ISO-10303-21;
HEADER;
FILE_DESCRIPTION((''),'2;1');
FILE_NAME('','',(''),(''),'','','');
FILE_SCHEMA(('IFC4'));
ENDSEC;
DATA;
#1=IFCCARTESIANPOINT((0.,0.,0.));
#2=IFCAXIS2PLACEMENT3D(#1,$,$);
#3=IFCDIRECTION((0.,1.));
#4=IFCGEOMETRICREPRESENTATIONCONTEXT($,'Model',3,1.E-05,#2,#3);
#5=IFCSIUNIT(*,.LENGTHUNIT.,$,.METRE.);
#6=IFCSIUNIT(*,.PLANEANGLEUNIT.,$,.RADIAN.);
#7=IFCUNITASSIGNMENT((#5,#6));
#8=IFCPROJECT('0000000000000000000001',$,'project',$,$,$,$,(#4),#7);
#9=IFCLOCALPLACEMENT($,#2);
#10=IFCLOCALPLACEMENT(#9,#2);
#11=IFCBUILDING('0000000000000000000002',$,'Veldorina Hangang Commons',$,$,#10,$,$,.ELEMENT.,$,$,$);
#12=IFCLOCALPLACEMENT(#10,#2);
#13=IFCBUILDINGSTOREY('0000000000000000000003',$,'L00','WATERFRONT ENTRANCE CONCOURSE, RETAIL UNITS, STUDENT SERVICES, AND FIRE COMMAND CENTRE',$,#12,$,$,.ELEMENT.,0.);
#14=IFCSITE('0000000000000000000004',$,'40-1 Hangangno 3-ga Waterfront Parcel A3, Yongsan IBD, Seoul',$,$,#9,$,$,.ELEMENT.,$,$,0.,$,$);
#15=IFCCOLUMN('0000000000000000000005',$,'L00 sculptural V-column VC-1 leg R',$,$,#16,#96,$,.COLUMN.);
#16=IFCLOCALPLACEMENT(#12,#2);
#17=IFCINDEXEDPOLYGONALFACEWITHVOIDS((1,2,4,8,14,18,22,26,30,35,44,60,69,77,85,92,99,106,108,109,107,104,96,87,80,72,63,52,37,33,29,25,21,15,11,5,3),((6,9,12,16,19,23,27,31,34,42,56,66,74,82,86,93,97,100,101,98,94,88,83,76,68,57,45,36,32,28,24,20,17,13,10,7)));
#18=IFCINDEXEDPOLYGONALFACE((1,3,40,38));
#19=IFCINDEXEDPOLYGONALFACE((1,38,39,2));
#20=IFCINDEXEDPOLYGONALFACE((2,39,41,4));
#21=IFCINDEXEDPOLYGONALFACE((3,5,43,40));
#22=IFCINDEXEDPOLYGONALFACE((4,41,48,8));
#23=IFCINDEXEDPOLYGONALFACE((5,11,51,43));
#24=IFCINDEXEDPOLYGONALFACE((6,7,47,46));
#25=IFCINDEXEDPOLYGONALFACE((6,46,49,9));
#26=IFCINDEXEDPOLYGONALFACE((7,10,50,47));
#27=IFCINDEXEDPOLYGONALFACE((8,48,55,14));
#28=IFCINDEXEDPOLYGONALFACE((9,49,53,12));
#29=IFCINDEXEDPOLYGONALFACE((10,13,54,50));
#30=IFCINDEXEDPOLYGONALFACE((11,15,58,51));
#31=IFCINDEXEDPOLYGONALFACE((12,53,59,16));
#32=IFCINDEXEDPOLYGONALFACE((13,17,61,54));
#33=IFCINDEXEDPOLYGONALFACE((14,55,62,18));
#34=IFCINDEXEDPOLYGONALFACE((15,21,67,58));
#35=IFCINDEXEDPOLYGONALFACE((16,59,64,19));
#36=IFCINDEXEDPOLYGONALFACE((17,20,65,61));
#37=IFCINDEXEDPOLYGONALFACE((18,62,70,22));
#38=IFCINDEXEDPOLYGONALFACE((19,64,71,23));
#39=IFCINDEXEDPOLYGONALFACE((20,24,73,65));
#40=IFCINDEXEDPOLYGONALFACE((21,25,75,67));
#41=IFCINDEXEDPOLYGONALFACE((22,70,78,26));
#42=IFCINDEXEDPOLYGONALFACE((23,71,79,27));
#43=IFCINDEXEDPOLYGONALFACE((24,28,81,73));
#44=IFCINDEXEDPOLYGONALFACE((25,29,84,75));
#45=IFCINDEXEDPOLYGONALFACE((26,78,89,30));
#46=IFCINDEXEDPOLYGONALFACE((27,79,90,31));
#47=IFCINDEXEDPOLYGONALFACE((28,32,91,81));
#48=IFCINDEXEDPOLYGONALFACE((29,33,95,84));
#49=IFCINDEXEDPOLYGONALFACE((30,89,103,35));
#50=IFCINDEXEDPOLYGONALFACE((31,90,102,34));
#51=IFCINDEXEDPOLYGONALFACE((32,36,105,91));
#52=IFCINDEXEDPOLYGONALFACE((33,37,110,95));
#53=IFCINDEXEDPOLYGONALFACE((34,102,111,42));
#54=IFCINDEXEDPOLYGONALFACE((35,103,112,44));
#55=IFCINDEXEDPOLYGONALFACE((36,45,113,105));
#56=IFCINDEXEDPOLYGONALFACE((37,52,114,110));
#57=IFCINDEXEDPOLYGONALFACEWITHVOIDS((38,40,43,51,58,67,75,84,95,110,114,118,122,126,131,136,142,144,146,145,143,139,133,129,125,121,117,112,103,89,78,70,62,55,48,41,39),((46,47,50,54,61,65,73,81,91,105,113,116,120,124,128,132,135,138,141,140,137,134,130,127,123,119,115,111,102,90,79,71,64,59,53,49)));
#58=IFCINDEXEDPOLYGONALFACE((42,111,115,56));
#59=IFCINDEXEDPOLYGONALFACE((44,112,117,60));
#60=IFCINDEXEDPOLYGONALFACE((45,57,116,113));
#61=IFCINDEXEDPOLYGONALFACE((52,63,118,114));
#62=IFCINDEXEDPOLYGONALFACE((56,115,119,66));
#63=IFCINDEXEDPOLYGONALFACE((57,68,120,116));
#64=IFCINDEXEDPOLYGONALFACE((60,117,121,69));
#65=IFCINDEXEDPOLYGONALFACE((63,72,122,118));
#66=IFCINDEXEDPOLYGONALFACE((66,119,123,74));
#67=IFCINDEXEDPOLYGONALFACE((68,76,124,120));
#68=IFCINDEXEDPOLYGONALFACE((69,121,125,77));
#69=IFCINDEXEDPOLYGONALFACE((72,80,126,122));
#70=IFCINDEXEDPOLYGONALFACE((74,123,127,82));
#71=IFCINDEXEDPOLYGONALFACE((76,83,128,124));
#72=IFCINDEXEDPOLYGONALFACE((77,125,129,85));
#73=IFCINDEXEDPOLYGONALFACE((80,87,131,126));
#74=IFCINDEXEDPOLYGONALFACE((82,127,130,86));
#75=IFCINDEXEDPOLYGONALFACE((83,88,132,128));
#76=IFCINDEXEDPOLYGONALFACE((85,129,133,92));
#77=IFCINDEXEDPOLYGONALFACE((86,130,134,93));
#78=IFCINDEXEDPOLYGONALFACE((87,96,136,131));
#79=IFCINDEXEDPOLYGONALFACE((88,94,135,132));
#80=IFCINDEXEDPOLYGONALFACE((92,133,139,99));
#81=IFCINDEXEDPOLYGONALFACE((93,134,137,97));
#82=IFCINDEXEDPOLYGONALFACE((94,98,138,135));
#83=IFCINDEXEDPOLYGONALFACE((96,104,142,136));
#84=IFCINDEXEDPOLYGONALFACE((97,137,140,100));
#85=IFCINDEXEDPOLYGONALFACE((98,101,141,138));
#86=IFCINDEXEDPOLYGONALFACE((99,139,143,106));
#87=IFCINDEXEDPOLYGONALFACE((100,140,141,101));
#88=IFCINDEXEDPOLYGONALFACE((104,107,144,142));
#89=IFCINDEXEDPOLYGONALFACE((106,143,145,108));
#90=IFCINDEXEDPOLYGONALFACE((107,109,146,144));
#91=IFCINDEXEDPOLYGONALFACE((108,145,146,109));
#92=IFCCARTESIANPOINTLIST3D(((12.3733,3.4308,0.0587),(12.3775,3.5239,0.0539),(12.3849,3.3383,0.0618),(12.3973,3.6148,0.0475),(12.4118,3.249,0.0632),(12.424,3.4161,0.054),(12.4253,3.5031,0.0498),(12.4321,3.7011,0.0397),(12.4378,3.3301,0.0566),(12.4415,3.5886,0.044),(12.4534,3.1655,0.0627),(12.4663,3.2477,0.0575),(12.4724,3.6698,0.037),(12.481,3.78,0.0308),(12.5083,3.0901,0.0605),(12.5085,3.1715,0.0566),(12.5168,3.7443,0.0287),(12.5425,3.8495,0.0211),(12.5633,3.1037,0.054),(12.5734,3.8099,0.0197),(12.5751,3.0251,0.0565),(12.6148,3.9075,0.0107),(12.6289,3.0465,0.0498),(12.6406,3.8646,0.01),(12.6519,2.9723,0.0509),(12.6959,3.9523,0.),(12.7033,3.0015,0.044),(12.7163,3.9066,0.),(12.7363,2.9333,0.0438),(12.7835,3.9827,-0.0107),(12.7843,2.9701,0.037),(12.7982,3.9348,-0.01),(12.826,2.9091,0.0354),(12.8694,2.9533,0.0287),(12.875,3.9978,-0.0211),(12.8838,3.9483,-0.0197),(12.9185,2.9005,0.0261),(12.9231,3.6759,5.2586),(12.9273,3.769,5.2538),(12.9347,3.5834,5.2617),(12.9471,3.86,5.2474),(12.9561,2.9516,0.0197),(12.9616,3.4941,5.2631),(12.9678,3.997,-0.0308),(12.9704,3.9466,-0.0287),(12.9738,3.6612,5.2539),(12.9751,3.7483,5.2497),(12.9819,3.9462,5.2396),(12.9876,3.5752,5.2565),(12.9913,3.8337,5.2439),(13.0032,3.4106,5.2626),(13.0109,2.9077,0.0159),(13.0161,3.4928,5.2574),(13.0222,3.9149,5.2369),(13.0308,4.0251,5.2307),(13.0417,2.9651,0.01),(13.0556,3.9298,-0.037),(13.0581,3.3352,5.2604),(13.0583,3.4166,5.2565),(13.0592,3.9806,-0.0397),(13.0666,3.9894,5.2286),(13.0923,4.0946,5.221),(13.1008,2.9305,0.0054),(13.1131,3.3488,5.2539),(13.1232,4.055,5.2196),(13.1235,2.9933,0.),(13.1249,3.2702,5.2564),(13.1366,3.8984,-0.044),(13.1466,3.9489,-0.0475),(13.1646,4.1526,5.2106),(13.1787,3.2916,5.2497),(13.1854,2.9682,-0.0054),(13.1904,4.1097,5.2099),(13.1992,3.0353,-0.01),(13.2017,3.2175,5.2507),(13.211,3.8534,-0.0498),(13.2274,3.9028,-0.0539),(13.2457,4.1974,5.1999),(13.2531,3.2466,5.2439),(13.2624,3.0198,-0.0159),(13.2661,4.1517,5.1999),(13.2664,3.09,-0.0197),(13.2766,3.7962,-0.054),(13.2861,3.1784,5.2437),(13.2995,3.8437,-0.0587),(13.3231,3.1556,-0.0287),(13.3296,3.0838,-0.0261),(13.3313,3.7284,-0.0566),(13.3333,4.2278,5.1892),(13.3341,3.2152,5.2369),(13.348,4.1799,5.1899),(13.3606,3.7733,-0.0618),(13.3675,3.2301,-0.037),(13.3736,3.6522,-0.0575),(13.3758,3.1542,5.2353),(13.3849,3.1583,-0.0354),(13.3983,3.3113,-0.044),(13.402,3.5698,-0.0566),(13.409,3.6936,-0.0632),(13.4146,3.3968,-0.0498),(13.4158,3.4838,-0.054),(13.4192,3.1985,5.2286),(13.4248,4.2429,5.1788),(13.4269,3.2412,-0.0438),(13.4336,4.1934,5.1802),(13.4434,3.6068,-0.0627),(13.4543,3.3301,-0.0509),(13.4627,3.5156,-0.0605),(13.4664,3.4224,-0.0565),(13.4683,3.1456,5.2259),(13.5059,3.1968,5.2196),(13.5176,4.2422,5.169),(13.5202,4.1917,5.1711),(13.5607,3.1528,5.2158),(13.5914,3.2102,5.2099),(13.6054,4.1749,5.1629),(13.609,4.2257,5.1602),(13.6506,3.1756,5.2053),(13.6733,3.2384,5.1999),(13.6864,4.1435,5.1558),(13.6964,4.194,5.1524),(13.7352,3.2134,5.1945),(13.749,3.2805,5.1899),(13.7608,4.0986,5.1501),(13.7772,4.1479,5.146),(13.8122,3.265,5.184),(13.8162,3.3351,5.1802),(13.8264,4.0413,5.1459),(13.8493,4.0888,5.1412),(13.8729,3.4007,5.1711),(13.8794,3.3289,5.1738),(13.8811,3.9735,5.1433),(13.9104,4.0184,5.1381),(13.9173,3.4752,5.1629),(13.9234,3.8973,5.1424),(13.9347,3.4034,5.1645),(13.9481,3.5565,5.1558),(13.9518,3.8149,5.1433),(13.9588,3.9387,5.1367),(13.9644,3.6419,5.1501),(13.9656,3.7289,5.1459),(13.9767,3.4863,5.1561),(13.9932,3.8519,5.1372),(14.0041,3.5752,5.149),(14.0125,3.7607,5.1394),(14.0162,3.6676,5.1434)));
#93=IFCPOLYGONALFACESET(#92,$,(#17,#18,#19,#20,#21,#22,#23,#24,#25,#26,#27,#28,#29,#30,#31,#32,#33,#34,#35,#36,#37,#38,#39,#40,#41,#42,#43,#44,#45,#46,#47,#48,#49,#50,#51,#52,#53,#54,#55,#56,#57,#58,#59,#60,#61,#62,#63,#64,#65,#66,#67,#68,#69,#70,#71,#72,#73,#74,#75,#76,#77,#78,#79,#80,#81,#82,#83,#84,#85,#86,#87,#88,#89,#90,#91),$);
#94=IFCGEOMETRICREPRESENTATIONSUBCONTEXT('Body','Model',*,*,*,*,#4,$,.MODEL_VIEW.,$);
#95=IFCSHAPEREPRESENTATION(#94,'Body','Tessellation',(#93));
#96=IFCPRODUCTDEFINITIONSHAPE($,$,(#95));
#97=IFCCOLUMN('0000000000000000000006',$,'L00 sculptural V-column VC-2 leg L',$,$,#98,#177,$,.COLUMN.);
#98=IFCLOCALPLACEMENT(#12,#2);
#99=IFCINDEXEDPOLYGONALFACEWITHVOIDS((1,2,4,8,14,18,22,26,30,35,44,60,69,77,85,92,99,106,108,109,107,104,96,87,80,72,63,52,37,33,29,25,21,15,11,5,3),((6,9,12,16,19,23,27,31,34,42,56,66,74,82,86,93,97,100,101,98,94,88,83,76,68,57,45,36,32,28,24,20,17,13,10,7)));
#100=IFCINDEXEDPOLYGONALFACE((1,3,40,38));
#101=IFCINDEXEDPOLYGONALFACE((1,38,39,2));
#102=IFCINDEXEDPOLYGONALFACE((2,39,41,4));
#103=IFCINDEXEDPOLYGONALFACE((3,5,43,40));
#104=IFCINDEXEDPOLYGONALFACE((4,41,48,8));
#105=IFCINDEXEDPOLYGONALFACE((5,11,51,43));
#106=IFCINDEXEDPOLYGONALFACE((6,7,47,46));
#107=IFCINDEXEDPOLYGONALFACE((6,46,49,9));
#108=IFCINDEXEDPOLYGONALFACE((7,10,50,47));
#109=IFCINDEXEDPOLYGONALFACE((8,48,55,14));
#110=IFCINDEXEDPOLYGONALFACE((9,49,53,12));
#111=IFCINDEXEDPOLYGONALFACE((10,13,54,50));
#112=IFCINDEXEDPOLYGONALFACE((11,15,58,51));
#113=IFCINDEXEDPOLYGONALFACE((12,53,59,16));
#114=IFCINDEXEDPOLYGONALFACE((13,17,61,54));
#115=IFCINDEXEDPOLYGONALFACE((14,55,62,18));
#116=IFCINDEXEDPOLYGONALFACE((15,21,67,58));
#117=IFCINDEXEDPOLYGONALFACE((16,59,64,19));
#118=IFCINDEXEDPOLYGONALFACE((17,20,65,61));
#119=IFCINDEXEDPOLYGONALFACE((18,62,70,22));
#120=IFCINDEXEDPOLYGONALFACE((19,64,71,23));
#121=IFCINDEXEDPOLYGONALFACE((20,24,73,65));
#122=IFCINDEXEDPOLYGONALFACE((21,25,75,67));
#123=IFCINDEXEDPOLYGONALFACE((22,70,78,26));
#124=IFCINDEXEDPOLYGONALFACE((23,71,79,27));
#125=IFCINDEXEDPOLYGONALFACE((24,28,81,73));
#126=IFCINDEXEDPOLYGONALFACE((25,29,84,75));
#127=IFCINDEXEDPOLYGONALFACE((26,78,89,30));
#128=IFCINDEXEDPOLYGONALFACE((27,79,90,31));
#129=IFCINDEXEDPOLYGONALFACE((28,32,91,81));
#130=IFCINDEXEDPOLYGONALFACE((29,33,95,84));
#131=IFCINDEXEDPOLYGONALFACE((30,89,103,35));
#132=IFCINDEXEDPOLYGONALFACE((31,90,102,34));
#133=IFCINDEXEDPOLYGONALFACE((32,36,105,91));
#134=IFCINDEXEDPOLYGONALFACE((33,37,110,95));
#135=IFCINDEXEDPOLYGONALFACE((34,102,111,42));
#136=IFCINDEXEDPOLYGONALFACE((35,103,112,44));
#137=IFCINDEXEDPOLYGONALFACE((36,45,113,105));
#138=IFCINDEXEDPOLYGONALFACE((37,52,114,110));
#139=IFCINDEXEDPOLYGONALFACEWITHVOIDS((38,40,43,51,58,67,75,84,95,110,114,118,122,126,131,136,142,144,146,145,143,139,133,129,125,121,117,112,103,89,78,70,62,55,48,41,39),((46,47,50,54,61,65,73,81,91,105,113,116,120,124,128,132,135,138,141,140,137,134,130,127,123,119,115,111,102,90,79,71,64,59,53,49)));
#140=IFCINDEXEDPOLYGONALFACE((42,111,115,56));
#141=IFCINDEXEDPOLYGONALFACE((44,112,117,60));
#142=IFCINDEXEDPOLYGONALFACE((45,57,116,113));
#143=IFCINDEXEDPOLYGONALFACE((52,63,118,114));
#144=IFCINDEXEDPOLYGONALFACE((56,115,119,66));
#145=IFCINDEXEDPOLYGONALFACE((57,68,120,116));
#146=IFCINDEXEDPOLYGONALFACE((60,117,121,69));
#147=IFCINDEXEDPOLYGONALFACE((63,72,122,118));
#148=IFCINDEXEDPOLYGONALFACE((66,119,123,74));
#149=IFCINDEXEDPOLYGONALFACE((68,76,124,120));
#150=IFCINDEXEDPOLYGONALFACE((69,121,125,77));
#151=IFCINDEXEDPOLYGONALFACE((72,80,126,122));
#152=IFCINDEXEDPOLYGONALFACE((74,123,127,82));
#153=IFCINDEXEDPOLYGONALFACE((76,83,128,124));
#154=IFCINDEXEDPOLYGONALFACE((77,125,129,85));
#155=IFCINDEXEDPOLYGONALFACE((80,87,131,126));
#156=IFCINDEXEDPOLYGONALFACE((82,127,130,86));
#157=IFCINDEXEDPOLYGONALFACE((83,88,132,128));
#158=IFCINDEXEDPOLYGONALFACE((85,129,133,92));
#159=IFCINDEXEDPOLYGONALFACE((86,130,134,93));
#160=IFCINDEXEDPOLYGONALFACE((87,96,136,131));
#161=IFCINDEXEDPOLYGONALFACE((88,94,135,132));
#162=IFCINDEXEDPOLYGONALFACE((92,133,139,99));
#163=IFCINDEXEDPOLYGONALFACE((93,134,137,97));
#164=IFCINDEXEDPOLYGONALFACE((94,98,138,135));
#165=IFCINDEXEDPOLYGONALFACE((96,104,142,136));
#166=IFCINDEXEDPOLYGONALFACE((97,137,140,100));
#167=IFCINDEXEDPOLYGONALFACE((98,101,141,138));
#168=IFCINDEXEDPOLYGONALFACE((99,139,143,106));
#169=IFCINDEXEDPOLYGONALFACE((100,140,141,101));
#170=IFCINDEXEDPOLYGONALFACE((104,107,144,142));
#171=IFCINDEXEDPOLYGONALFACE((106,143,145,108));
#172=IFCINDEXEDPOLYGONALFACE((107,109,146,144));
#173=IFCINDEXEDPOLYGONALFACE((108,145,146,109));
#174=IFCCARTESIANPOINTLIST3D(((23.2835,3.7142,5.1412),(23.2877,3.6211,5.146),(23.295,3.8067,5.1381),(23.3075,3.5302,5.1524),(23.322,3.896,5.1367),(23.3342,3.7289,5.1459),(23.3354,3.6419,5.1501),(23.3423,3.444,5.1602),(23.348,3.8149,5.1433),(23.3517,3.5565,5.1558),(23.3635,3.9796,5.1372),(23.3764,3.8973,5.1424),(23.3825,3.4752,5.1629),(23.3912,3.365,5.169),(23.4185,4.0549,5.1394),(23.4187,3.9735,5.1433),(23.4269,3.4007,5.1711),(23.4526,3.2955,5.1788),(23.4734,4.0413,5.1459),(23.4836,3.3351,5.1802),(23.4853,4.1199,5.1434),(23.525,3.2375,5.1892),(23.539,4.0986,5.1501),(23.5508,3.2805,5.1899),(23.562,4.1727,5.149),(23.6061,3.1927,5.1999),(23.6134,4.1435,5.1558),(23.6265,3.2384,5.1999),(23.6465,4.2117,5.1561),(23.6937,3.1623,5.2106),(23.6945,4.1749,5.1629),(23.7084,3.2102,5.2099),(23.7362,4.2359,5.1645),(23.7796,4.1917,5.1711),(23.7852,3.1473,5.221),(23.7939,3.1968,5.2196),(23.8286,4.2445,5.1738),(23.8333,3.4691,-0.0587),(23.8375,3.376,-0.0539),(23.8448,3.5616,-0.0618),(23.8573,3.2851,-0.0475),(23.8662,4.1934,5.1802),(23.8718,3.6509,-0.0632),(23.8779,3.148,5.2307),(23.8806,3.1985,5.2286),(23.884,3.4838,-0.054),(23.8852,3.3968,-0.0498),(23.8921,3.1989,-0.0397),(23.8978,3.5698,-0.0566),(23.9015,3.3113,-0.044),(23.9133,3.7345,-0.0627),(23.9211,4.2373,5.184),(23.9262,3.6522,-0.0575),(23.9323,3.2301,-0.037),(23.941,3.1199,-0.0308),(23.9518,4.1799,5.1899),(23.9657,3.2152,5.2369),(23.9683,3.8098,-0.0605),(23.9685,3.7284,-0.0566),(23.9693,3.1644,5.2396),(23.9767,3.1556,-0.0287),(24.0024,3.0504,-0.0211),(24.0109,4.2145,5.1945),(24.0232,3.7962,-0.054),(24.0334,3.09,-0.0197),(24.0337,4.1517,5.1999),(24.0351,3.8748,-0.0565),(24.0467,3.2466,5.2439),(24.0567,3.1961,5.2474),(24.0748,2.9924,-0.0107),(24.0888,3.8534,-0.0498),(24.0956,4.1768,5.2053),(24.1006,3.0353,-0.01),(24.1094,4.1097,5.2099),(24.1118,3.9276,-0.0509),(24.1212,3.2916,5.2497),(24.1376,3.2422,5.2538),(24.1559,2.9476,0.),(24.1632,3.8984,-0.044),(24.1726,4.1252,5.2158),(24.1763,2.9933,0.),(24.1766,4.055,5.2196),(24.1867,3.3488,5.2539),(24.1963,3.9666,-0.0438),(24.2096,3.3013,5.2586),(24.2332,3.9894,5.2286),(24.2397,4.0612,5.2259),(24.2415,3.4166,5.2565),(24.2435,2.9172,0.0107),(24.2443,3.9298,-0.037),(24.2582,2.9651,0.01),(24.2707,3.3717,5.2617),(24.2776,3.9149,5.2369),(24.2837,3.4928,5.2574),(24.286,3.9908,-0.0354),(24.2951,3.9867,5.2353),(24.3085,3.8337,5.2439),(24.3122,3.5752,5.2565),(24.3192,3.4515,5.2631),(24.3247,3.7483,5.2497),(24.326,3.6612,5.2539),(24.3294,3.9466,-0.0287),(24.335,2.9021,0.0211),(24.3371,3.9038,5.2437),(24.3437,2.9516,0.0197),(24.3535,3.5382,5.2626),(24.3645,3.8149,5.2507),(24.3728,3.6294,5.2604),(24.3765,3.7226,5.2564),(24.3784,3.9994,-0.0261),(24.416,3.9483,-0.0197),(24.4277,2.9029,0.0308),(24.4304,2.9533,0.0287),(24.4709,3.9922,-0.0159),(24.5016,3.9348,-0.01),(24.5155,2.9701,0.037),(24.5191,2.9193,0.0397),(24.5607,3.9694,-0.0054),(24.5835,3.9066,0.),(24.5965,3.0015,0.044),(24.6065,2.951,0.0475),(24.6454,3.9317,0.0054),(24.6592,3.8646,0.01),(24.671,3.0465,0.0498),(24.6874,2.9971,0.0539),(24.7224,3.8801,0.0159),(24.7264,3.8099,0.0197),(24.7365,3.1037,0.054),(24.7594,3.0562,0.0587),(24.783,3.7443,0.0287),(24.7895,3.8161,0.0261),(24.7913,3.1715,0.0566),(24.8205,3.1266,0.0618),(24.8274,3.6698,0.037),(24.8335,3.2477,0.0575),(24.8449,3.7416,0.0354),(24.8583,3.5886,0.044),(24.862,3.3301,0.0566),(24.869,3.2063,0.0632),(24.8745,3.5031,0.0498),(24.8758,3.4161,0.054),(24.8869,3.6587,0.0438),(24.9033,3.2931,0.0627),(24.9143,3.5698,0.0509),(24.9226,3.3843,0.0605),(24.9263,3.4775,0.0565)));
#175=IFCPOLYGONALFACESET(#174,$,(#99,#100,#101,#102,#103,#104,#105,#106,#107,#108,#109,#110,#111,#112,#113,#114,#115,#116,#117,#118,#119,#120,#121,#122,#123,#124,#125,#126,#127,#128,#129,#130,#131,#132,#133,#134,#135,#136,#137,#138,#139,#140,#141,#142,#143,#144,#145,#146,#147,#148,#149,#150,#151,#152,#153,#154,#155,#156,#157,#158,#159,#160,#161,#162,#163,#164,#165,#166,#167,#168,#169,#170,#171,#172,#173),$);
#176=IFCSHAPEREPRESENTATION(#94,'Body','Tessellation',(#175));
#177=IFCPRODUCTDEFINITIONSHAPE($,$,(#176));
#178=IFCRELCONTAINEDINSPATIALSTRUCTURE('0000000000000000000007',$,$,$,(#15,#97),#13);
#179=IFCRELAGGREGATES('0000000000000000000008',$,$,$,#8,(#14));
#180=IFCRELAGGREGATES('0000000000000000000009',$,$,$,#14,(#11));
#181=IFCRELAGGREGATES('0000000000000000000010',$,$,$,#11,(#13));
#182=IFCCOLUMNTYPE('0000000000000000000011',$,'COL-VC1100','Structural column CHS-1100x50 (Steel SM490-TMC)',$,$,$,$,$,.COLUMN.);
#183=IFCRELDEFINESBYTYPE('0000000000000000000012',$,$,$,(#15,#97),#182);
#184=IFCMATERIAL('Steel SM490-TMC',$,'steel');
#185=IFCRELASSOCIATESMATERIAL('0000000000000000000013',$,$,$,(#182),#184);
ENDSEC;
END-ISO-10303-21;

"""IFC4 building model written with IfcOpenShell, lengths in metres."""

from ifc_helpers import new_model, si_unit, direction, frame, origin, origin_2d, place, context, subcontext, project, spatial, hollow_circle, extrude, material, material_profile, profile_set, type_object, element, save


model = new_model("IFC4")

# Units and contexts
model_context = context("Model", 3, precision=1e-05, world=origin(), true_north=direction((0.0, 1.0)))
body_context = subcontext(model_context, "Body", "Model", "MODEL_VIEW")
ifc_project = project(units=[si_unit("LENGTHUNIT", "METRE"), si_unit("PLANEANGLEUNIT", "RADIAN")], contexts=[model_context])

# Site, building, storey
site_placement = place(None, origin())
site = spatial("IfcSite", under=ifc_project, at=site_placement, Name="40-1 Hangangno 3-ga Waterfront Parcel A3, Yongsan IBD, Seoul", CompositionType="ELEMENT", RefElevation=0.0)
building_placement = place(site_placement, origin())
building = spatial("IfcBuilding", under=site, at=building_placement, Name="Veldorina Hangang Commons", CompositionType="ELEMENT")
storey_placement = place(building_placement, origin())
storey = spatial("IfcBuildingStorey", under=building, at=storey_placement, Name="L00", Description="WATERFRONT ENTRANCE CONCOURSE, RETAIL UNITS, STUDENT SERVICES, AND FIRE COMMAND CENTRE", CompositionType="ELEMENT", Elevation=0.0)

# Columns
ifc_material_1 = material(Name="Steel SM490-TMC", Category="steel")
ifc_material_profile_1 = material_profile(ifc_material_1, hollow_circle(Radius=0.55, WallThickness=0.05, at=origin_2d()), Name="CHS-1100x50")
ifc_profile_set_1 = profile_set([ifc_material_profile_1], Name="Steel SM490-TMC")
column_type_1 = type_object("IfcColumnType", Name="COL-VC1100", Description="Structural column CHS-1100x50 (Steel SM490-TMC)", PredefinedType="COLUMN", material=ifc_profile_set_1)
for number, where, z_axis, x_axis, name in (
    (1, (12.9199, 3.45, 0.0), (0.105031, 0.046826, 0.993366), (-0.407192, 0.913343, 0.0), "L00 sculptural V-column VC-1 leg R"),
    (2, (24.3799, 3.45, 0.0), (-0.105031, 0.046826, 0.993366), (-0.407192, -0.913343, 0.0), "L00 sculptural V-column VC-2 leg L"),
):
    element("IfcColumn", number, at=place(storey_placement, frame(where, z_axis=z_axis, x_axis=x_axis)), inside=storey, type_object=column_type_1, Name=name, PredefinedType="COLUMN", context=body_context, shape_type="SweptSolid", body=[
        extrude(hollow_circle(Radius=0.55, WallThickness=0.05, at=origin_2d()), origin(), (0.0, 0.0, 1.0), 5.2346),
    ])

save(model, "model.ifc")
